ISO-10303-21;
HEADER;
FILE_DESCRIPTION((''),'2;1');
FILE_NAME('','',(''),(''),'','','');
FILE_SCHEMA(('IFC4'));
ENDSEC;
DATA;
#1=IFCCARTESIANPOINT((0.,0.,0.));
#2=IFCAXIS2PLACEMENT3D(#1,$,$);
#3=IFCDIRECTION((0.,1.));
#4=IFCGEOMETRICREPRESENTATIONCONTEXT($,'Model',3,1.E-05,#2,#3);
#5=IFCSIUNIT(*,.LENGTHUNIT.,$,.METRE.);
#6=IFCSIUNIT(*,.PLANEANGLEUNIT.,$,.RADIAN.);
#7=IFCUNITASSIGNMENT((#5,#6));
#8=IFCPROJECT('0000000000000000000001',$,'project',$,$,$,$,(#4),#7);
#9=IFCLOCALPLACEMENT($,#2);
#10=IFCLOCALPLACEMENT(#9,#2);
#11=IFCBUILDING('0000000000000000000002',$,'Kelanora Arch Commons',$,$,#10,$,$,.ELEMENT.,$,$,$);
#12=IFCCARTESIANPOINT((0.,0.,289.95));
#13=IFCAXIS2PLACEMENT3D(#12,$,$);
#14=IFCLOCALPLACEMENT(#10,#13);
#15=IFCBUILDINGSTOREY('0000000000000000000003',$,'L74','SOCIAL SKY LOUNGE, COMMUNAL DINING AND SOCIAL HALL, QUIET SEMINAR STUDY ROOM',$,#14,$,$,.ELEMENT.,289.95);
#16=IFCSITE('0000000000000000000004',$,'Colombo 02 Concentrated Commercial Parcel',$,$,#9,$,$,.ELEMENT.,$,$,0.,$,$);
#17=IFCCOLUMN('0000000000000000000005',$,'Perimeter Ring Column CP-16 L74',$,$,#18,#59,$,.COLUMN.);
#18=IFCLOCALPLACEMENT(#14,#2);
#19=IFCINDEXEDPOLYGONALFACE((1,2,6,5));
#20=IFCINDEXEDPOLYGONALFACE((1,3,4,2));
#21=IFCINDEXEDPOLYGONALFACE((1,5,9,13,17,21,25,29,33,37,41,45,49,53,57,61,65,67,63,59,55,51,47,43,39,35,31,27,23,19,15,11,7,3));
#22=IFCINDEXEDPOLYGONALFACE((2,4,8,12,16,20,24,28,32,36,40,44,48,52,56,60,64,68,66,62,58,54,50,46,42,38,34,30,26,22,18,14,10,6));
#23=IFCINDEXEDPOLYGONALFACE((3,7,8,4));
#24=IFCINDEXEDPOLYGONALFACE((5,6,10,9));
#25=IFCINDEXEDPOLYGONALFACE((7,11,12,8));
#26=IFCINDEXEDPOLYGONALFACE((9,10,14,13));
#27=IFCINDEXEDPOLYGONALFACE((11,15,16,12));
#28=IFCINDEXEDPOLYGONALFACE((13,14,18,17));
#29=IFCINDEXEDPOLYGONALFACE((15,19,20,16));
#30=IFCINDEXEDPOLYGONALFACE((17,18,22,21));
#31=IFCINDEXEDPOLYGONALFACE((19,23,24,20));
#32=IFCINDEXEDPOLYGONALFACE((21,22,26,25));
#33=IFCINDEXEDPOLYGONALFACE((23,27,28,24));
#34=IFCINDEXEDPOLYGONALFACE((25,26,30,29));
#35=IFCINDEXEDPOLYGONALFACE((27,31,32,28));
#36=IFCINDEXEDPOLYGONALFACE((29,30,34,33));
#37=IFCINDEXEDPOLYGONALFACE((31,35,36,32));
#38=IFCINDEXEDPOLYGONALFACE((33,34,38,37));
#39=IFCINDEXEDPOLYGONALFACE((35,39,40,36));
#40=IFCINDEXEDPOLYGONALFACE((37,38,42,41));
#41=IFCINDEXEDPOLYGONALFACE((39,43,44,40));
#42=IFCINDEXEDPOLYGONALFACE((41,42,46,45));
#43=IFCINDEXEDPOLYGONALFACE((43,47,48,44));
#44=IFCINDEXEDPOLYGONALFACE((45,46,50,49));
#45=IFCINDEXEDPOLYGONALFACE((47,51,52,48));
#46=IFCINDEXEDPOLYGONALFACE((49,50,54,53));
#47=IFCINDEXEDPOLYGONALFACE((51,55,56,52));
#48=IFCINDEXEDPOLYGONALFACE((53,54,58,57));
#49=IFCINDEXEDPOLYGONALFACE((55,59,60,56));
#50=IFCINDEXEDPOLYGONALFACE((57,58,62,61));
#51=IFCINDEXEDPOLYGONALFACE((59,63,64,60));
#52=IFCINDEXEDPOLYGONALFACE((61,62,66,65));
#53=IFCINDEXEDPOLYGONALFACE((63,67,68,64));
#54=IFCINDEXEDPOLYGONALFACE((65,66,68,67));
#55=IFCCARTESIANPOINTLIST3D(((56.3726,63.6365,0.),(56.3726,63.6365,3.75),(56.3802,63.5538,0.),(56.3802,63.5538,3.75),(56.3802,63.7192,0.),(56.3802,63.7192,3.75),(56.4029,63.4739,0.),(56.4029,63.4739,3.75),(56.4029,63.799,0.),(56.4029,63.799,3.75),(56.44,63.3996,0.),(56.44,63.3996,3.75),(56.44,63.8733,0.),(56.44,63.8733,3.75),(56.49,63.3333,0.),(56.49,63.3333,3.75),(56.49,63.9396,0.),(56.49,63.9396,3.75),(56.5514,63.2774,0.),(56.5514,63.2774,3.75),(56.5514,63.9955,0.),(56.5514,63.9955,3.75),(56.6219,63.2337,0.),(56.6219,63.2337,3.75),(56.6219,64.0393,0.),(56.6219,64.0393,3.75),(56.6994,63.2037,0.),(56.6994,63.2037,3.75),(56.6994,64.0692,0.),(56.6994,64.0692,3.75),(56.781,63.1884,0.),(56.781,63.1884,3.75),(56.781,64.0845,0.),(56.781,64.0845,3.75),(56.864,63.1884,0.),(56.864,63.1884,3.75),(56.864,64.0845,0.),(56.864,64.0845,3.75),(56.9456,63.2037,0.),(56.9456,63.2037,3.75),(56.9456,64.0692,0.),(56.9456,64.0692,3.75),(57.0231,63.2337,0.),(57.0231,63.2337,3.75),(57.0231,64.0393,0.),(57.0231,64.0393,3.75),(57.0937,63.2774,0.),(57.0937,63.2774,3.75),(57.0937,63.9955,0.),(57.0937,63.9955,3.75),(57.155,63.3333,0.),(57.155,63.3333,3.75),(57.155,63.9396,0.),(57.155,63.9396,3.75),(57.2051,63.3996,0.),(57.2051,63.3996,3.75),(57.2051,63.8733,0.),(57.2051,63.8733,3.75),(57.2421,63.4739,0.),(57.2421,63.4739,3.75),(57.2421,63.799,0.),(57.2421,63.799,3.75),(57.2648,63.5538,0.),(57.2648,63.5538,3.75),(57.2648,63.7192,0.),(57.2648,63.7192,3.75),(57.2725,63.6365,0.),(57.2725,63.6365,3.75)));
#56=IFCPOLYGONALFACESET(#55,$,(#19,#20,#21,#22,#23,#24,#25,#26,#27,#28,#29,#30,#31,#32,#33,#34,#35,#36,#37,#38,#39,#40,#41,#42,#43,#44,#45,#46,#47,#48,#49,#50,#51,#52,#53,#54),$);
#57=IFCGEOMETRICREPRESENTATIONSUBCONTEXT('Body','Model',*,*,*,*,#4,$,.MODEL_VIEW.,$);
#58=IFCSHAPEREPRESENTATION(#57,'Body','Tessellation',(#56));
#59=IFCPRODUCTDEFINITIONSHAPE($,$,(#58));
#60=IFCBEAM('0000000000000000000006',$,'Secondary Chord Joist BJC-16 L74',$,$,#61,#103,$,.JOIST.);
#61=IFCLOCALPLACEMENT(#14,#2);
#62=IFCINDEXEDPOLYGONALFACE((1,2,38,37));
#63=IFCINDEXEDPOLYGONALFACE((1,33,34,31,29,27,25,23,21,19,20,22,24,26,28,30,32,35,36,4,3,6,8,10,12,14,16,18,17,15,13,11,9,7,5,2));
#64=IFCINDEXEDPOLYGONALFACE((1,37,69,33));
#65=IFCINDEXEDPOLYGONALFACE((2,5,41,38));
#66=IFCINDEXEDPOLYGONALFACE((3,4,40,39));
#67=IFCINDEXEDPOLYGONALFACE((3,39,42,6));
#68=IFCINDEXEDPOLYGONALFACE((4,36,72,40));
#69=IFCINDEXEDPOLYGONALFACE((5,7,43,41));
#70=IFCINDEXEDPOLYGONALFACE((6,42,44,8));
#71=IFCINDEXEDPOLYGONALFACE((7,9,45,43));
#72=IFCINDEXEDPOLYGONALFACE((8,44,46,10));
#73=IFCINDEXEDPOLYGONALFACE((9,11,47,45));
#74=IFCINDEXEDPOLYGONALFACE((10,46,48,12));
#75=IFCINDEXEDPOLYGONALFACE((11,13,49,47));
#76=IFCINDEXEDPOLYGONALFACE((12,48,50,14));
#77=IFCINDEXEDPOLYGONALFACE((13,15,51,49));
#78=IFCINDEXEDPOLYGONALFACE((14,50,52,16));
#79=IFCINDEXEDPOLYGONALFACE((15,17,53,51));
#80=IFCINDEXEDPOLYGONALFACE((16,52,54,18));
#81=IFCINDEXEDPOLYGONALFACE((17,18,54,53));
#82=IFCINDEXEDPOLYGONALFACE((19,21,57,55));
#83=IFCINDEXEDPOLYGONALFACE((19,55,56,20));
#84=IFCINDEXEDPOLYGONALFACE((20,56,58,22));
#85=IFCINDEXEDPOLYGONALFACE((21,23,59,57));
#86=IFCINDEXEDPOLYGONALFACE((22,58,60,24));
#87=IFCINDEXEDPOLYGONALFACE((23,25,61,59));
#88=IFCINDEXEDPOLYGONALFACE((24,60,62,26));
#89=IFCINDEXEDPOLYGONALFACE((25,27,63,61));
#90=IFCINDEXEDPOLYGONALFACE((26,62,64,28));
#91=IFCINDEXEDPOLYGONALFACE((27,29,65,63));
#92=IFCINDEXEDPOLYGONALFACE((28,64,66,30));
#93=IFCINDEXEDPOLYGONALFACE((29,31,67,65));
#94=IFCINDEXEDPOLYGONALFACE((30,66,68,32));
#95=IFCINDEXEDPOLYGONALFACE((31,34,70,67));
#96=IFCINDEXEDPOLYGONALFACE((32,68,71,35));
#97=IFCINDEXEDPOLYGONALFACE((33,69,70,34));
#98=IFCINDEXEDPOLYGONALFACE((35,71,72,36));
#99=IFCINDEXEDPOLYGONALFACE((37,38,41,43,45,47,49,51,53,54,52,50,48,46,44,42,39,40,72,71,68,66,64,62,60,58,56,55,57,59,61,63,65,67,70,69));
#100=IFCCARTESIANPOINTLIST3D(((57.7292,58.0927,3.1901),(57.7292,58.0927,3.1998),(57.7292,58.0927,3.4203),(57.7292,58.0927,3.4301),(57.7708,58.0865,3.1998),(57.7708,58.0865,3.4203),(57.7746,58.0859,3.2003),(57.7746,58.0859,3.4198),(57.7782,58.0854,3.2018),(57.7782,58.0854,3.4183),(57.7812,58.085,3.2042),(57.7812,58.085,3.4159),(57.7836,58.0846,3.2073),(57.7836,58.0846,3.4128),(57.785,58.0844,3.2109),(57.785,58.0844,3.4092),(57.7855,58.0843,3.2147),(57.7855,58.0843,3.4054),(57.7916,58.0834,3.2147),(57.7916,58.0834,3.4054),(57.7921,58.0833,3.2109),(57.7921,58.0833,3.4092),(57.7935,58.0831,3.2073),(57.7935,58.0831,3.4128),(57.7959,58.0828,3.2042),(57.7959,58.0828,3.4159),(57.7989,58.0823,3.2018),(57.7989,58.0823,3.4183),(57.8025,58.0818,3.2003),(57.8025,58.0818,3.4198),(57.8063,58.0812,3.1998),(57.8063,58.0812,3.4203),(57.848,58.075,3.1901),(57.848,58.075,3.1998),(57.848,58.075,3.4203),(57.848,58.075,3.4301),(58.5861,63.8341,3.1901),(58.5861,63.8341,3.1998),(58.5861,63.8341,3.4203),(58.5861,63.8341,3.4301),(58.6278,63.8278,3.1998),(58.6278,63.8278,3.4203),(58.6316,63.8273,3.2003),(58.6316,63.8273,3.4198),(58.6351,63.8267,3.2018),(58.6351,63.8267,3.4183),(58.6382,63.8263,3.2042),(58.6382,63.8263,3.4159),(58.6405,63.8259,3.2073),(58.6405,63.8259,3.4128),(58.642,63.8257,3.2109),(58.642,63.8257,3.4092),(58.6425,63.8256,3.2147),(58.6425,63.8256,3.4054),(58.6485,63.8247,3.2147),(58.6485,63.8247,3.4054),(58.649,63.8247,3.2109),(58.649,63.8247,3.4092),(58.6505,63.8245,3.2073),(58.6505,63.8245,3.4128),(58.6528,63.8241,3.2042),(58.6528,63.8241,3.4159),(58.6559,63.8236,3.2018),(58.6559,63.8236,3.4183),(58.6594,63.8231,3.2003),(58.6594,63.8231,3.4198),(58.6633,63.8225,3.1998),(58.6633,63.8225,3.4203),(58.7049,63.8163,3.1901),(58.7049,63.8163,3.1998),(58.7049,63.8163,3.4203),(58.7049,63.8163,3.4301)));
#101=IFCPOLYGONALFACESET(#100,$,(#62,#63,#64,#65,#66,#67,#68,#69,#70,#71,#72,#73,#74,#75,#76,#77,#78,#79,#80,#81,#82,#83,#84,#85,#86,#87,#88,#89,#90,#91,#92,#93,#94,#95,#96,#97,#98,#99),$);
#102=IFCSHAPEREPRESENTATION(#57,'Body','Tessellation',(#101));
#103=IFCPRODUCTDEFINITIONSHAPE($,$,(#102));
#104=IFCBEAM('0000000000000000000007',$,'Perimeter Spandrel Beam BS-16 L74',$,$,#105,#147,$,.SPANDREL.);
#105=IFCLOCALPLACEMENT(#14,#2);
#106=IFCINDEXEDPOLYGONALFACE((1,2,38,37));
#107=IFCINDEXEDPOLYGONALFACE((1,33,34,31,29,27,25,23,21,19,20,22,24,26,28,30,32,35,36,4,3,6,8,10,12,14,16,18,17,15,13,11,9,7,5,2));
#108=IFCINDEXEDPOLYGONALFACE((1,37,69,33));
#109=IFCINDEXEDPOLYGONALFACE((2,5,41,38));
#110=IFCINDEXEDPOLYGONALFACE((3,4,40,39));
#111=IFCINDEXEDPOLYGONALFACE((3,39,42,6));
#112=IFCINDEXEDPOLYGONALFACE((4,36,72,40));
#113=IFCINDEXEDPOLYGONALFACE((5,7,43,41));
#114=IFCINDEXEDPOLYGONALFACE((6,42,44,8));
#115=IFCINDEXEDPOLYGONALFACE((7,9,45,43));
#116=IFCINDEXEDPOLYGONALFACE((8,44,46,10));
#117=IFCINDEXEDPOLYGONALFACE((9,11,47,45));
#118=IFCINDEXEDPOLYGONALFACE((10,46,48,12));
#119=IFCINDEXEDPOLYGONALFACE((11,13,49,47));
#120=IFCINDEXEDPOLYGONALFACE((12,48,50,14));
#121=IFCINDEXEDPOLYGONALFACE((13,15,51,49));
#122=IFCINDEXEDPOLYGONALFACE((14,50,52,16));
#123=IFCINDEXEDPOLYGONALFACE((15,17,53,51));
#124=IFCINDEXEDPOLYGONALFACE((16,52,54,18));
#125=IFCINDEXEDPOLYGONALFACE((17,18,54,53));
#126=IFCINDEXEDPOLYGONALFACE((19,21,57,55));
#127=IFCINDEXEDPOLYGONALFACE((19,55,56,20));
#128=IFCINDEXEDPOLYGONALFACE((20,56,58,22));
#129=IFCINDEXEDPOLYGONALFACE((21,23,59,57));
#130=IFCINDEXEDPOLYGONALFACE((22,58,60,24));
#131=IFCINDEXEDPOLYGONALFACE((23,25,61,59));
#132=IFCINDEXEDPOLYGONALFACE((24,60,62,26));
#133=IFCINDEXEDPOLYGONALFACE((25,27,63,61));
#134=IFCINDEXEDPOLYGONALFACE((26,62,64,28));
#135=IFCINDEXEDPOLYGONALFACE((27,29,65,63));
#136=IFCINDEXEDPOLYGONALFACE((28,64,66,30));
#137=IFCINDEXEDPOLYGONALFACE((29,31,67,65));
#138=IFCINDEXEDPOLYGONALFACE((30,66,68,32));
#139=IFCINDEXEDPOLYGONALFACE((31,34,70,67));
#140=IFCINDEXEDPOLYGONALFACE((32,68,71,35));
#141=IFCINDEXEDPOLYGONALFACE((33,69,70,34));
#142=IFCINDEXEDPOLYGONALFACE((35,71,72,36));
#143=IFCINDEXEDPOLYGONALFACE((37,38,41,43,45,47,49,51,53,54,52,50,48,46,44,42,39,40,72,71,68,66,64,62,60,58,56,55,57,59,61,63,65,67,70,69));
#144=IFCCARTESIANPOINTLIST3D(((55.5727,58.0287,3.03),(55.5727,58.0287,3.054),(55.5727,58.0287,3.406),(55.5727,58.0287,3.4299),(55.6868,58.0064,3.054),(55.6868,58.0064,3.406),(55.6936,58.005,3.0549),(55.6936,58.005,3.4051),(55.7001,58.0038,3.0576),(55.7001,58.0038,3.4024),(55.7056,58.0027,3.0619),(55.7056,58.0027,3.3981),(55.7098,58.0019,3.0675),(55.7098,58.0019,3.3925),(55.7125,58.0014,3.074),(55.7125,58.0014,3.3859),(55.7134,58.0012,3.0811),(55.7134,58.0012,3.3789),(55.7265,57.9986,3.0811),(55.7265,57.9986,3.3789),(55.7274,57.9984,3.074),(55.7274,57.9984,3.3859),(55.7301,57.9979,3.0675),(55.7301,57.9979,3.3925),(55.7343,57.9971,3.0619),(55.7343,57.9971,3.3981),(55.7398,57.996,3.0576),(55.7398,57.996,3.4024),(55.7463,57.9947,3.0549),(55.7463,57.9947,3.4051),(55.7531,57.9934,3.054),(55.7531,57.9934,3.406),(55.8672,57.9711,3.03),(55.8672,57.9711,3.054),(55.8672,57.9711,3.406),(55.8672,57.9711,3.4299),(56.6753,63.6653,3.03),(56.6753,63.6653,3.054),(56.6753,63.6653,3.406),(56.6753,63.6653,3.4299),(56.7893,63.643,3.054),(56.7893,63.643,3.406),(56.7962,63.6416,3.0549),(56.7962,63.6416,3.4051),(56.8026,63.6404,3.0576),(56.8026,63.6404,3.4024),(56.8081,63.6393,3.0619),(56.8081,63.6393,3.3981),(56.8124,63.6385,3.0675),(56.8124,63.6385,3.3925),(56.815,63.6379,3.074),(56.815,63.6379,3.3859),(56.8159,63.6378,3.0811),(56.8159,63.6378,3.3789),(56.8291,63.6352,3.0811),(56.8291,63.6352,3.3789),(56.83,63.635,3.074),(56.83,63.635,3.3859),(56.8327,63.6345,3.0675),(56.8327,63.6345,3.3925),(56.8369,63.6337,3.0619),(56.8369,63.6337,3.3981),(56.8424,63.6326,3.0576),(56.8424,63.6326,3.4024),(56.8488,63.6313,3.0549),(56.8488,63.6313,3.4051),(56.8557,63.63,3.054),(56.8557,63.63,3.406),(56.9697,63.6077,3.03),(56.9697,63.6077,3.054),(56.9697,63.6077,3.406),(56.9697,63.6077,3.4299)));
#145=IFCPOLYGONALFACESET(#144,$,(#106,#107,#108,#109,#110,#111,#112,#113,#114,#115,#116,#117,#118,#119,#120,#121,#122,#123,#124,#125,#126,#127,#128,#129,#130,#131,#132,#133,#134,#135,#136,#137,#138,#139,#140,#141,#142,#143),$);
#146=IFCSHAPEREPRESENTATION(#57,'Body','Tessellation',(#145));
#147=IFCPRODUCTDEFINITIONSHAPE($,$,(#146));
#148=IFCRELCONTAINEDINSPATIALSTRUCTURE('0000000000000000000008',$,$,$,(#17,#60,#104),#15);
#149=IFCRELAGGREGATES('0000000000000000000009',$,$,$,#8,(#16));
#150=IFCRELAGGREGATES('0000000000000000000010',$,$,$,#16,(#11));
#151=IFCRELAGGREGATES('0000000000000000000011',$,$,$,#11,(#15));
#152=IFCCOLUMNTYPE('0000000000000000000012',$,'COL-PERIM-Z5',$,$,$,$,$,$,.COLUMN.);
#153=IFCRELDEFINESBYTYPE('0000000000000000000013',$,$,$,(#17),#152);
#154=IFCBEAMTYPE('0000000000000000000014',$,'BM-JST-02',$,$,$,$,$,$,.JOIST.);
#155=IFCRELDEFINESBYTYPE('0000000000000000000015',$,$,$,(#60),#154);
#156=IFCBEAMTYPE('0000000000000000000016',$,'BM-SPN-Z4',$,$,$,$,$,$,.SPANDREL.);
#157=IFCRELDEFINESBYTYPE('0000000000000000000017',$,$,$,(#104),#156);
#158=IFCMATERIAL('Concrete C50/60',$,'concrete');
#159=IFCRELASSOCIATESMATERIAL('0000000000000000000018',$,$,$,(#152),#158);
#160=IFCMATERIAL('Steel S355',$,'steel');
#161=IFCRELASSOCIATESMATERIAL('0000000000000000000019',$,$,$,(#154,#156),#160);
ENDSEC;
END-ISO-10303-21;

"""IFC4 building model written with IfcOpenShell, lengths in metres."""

from ifc_helpers import new_model, si_unit, direction, frame, origin, origin_2d, place, context, subcontext, project, spatial, circle, i_section, extrude, material, material_profile, profile_set, type_object, element, save


model = new_model("IFC4")

# Units and contexts
model_context = context("Model", 3, precision=1e-05, world=origin(), true_north=direction((0.0, 1.0)))
body_context = subcontext(model_context, "Body", "Model", "MODEL_VIEW")
ifc_project = project(units=[si_unit("LENGTHUNIT", "METRE"), si_unit("PLANEANGLEUNIT", "RADIAN")], contexts=[model_context])

# Site, building, storey
site_placement = place(None, origin())
site = spatial("IfcSite", under=ifc_project, at=site_placement, Name="Colombo 02 Concentrated Commercial Parcel", CompositionType="ELEMENT", RefElevation=0.0)
building_placement = place(site_placement, origin())
building = spatial("IfcBuilding", under=site, at=building_placement, Name="Kelanora Arch Commons", CompositionType="ELEMENT")
storey_placement = place(building_placement, frame((0.0, 0.0, 289.95)))
storey = spatial("IfcBuildingStorey", under=building, at=storey_placement, Name="L74", Description="SOCIAL SKY LOUNGE, COMMUNAL DINING AND SOCIAL HALL, QUIET SEMINAR STUDY ROOM", CompositionType="ELEMENT", Elevation=289.95)

# Column
ifc_material_1 = material(Name="Concrete C50/60", Category="concrete")
ifc_material_profile_1 = material_profile(ifc_material_1, circle(Radius=0.45, at=origin_2d()), Name="RCC900")
ifc_profile_set_1 = profile_set([ifc_material_profile_1], Name="Concrete C50/60")
column_type = type_object("IfcColumnType", Name="COL-PERIM-Z5", PredefinedType="COLUMN", material=ifc_profile_set_1)
column_placement = place(storey_placement, frame((56.8225, 63.6365, 0.0), z_axis=(0.0, 0.0, 1.0), x_axis=(1.0, 0.0, 0.0)))
element("IfcColumn", 1, at=column_placement, inside=storey, type_object=column_type, Name="Perimeter Ring Column CP-16 L74", PredefinedType="COLUMN", context=body_context, shape_type="SweptSolid", body=[
    extrude(circle(Radius=0.45, at=origin_2d()), origin(), (0.0, 0.0, 1.0), 3.75),
])

# Beams
ifc_material_2 = material(Name="Steel S355", Category="steel")
ifc_material_profile_2 = material_profile(ifc_material_2, i_section(OverallWidth=0.1201, OverallDepth=0.24, WebThickness=0.0061, FlangeThickness=0.0098, FilletRadius=0.0149, at=origin_2d()), Name="IPE240")
ifc_profile_set_2 = profile_set([ifc_material_profile_2], Name="Steel S355")
beam_type_1 = type_object("IfcBeamType", Name="BM-JST-02", PredefinedType="JOIST", material=ifc_profile_set_2)
beam_1_placement = place(storey_placement, frame((58.6455, 63.8252, 3.3101), z_axis=(-0.147625, -0.989043, 0.0), x_axis=(0.989043, -0.147625, 0.0)))
element("IfcBeam", 2, at=beam_1_placement, inside=storey, type_object=beam_type_1, Name="Secondary Chord Joist BJC-16 L74", PredefinedType="JOIST", context=body_context, shape_type="SweptSolid", body=[
    extrude(i_section(OverallWidth=0.1201, OverallDepth=0.24, WebThickness=0.0061, FlangeThickness=0.0098, FilletRadius=0.0149, at=origin_2d()), origin(), (0.0, 0.0, 1.0), 5.8049),
])
ifc_material_profile_3 = material_profile(ifc_material_2, i_section(OverallWidth=0.3, OverallDepth=0.3999, WebThickness=0.0134, FlangeThickness=0.0239, FilletRadius=0.0271, at=origin_2d()), Name="HEB400")
ifc_profile_set_3 = profile_set([ifc_material_profile_3], Name="Steel S355")
beam_type_2 = type_object("IfcBeamType", Name="BM-SPN-Z4", PredefinedType="SPANDREL", material=ifc_profile_set_3)
beam_2_placement = place(storey_placement, frame((56.8225, 63.6365, 3.23), z_axis=(-0.19197, -0.981401, 0.0), x_axis=(0.981401, -0.19197, 0.0)))
element("IfcBeam", 3, at=beam_2_placement, inside=storey, type_object=beam_type_2, Name="Perimeter Spandrel Beam BS-16 L74", PredefinedType="SPANDREL", context=body_context, shape_type="SweptSolid", body=[
    extrude(i_section(OverallWidth=0.3, OverallDepth=0.3999, WebThickness=0.0134, FlangeThickness=0.0239, FilletRadius=0.0271, at=origin_2d()), origin(), (0.0, 0.0, 1.0), 5.7434),
])

save(model, "model.ifc")
